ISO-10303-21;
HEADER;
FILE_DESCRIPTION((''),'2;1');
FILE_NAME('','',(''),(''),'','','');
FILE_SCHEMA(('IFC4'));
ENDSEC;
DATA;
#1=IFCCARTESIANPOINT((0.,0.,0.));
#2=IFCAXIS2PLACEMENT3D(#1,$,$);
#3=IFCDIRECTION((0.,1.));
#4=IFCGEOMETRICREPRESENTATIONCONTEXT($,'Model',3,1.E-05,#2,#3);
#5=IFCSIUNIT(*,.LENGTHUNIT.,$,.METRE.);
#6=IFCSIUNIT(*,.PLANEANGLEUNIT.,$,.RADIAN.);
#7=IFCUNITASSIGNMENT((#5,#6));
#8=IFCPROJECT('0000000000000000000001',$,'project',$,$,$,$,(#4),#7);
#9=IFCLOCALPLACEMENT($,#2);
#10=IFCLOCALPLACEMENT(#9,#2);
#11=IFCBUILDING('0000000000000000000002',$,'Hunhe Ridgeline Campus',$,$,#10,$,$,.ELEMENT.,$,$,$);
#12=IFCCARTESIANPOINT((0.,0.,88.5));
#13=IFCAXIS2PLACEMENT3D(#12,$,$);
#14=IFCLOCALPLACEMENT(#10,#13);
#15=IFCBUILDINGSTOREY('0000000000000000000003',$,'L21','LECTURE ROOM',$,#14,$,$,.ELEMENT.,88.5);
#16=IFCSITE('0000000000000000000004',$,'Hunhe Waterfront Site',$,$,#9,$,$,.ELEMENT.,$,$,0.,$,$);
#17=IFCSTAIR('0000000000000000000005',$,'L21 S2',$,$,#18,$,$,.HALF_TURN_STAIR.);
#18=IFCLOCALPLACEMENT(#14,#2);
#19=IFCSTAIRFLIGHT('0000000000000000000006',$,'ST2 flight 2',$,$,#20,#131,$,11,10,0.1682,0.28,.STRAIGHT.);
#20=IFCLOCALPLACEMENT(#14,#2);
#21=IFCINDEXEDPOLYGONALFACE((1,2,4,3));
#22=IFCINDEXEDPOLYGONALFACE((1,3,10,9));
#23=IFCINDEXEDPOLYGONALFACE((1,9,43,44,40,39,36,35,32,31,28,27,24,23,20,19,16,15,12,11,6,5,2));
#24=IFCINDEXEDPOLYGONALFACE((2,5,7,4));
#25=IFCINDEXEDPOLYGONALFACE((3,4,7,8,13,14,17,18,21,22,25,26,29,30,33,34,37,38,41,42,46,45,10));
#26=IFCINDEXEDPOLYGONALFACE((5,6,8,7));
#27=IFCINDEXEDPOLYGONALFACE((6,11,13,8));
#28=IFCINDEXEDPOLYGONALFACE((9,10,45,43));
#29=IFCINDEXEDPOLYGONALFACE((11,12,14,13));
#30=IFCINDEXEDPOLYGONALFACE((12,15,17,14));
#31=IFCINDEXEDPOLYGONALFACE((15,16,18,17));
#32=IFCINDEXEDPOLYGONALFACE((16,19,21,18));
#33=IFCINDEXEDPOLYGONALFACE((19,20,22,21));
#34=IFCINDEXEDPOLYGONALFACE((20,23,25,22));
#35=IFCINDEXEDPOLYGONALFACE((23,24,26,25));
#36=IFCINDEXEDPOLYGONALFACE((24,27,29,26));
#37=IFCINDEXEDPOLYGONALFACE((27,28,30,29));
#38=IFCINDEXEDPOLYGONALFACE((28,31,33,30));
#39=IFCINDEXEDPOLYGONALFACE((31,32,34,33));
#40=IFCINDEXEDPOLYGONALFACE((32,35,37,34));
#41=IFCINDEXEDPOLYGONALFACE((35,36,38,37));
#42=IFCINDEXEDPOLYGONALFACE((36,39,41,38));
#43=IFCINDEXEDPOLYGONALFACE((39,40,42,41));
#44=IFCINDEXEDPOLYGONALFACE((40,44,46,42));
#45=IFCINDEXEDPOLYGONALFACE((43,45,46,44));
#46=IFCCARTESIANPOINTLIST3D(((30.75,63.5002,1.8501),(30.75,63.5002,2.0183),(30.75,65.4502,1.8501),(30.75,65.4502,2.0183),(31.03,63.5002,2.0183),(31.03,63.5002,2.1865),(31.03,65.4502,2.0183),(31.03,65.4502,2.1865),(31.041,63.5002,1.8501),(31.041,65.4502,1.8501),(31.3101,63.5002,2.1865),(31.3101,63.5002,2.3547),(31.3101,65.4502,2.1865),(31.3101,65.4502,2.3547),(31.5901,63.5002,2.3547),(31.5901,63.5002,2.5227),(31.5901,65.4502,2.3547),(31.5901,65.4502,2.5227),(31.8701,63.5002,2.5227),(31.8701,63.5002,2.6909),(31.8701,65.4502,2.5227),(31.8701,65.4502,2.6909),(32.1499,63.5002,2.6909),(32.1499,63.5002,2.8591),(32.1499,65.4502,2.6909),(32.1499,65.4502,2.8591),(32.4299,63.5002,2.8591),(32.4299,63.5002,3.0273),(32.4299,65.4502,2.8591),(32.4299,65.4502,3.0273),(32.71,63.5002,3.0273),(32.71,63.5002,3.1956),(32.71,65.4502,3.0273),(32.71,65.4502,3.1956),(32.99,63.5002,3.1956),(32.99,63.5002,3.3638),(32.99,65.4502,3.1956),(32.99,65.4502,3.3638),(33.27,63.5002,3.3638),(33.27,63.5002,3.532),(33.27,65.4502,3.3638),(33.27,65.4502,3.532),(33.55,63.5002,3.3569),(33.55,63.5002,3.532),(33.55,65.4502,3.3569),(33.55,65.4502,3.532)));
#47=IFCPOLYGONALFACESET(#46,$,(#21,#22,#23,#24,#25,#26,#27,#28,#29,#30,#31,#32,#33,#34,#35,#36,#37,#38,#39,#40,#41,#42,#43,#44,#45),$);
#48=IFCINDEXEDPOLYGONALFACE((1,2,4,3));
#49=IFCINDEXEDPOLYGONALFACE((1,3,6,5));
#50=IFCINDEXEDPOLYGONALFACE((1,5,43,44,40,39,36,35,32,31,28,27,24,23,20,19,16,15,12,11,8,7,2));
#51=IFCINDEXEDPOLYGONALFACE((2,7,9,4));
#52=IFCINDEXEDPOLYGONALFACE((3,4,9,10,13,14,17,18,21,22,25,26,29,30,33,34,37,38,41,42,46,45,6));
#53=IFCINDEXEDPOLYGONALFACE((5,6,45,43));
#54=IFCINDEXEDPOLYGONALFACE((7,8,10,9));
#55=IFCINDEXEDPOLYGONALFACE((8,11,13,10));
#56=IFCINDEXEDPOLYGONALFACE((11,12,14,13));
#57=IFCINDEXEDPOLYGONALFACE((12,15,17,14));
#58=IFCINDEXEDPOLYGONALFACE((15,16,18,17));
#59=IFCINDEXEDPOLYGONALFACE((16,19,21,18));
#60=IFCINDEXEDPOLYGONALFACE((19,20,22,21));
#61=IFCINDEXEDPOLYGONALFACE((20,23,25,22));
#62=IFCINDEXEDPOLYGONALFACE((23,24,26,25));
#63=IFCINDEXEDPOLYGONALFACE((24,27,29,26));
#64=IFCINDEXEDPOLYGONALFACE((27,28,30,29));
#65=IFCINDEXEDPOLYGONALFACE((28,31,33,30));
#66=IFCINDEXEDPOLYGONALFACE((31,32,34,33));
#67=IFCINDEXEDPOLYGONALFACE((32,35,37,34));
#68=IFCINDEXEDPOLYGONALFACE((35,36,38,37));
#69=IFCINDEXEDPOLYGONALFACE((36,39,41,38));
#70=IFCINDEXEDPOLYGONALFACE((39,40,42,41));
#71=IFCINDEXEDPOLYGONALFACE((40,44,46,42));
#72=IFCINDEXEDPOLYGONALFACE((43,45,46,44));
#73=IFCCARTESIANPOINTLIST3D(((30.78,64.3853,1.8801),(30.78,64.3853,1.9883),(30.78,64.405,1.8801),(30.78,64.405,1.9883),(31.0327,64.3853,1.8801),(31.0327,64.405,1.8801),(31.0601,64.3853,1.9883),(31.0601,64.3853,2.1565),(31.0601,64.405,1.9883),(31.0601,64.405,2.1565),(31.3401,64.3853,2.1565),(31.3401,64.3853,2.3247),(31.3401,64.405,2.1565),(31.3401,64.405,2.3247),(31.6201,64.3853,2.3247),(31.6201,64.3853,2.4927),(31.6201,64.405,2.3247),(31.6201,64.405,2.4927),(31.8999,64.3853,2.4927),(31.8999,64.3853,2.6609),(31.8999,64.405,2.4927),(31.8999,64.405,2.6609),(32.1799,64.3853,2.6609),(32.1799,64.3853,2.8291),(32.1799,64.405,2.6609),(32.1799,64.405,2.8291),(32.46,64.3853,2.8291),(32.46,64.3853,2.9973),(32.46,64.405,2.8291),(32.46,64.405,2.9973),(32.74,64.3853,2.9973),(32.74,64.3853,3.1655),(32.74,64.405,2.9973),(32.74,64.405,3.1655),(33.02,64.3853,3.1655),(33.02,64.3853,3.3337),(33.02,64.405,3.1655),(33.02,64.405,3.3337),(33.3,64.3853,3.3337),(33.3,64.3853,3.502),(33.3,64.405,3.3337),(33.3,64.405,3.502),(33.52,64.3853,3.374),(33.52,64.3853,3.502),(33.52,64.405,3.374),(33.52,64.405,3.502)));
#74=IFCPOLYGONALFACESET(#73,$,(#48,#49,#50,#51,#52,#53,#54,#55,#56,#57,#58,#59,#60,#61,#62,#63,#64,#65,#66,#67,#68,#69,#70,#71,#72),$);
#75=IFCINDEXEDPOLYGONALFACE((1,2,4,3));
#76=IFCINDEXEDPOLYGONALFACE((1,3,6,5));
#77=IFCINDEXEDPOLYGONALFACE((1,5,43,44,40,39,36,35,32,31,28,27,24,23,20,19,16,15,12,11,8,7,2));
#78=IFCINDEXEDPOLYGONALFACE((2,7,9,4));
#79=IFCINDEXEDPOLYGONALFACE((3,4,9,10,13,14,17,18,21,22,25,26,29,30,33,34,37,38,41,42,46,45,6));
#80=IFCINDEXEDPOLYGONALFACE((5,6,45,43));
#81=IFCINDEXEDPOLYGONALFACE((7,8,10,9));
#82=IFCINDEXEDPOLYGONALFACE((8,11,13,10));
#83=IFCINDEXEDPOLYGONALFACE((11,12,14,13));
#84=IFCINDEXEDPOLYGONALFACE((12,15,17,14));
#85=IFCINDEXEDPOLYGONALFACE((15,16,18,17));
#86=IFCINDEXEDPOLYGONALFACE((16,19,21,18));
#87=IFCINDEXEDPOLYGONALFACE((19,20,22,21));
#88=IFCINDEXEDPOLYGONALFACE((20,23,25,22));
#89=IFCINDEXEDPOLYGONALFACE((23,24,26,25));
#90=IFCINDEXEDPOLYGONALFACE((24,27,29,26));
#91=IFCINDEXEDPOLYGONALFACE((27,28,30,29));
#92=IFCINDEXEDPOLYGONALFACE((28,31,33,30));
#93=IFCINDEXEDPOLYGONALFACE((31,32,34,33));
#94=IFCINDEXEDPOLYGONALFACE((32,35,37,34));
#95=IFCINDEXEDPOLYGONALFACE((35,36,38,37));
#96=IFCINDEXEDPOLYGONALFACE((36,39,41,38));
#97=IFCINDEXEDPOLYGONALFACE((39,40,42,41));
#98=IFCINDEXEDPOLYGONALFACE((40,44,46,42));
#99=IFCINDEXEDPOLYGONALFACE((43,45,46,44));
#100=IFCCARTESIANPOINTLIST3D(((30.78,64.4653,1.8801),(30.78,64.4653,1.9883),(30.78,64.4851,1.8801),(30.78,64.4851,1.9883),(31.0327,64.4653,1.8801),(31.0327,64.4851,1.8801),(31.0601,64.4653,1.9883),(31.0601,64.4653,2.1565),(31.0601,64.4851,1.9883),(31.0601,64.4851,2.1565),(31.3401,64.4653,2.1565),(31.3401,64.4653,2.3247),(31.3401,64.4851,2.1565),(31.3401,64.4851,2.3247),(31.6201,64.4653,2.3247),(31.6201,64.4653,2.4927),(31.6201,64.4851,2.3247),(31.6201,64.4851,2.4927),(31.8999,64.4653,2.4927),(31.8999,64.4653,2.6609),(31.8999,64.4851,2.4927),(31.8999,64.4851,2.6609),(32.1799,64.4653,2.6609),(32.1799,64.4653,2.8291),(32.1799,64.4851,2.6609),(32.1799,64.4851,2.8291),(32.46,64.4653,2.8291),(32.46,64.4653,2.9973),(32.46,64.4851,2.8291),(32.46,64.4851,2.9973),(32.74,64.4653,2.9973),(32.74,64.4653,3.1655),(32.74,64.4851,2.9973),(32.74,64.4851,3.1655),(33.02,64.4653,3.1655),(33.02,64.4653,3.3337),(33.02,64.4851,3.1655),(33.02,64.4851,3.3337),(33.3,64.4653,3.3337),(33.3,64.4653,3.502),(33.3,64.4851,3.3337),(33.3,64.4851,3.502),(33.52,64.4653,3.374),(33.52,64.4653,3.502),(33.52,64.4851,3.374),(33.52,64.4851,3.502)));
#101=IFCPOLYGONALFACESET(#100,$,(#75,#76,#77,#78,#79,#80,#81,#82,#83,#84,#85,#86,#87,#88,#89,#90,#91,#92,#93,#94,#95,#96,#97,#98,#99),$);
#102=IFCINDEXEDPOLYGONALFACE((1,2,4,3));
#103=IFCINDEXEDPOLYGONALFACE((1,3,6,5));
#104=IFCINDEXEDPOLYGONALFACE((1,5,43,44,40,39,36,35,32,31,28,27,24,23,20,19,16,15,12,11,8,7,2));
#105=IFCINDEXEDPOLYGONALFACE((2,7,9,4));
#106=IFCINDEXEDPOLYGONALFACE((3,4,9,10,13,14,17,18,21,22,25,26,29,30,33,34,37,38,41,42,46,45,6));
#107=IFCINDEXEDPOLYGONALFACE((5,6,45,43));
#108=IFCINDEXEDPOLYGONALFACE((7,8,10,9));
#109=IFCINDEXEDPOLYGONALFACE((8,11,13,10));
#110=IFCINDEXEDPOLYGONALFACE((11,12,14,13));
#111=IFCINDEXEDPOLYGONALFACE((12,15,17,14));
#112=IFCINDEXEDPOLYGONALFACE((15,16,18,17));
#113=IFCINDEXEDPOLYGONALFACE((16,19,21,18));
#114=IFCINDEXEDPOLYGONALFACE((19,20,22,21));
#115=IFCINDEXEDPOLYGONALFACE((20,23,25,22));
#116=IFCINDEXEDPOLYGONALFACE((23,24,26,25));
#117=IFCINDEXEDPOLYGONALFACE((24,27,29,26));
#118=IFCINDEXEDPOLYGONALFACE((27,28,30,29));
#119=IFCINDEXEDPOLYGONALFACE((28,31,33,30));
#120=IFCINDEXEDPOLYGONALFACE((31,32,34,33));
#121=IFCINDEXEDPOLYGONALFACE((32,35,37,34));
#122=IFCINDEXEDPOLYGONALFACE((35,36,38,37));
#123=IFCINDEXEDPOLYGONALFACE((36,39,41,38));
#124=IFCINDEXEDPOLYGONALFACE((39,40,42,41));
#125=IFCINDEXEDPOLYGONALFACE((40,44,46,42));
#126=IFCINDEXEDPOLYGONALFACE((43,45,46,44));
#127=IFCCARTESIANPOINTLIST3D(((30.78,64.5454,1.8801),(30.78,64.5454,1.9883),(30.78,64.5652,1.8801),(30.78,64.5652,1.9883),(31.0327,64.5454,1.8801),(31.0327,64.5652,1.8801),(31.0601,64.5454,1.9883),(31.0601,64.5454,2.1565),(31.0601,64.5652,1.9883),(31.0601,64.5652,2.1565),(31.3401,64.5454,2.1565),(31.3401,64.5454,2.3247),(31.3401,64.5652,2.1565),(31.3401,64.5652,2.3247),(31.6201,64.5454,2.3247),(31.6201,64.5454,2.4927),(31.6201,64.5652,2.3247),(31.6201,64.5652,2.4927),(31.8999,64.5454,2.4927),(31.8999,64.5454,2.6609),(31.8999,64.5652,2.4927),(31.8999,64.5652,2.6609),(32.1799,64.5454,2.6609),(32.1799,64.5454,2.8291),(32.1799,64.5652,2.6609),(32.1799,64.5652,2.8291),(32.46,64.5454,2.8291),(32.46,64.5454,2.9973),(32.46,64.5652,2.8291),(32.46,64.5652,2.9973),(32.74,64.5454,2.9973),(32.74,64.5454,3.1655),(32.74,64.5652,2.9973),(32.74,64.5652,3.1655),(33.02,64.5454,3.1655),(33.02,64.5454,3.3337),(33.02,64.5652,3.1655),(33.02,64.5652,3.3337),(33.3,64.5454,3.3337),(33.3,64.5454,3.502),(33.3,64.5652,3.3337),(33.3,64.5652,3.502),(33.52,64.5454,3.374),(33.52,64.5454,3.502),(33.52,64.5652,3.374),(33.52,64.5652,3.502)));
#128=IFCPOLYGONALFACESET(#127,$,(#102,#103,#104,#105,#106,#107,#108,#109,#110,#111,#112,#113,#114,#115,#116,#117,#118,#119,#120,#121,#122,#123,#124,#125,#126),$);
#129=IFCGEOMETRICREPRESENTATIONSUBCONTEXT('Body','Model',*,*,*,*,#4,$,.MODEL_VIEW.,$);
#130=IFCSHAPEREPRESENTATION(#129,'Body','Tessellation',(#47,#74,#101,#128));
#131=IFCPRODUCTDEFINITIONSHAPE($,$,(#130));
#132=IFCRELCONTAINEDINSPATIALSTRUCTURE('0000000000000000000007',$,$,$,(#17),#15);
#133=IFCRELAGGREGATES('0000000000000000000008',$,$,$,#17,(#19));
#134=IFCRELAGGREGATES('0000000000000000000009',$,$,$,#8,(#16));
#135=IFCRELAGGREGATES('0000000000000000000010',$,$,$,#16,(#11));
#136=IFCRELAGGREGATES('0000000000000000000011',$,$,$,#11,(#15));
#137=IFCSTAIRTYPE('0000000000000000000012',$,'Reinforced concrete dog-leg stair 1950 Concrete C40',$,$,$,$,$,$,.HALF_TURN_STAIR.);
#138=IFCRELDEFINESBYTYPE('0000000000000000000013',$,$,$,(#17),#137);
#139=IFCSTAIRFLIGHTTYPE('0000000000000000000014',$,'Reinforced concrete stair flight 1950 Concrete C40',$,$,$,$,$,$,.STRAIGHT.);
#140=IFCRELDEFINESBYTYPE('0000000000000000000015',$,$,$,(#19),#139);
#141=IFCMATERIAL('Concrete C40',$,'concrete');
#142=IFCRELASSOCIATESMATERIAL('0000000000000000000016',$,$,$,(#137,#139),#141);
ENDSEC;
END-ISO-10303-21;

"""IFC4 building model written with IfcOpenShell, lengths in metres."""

from ifc_helpers import new_model, si_unit, direction, frame, origin, place, context, subcontext, project, spatial, polyline, outline, extrude, material, type_object, element, aggregate, save


model = new_model("IFC4")

# Units and contexts
model_context = context("Model", 3, precision=1e-05, world=origin(), true_north=direction((0.0, 1.0)))
body_context = subcontext(model_context, "Body", "Model", "MODEL_VIEW")
ifc_project = project(units=[si_unit("LENGTHUNIT", "METRE"), si_unit("PLANEANGLEUNIT", "RADIAN")], contexts=[model_context])

# Site, building, storey
site_placement = place(None, origin())
site = spatial("IfcSite", under=ifc_project, at=site_placement, Name="Hunhe Waterfront Site", CompositionType="ELEMENT", RefElevation=0.0)
building_placement = place(site_placement, origin())
building = spatial("IfcBuilding", under=site, at=building_placement, Name="Hunhe Ridgeline Campus", CompositionType="ELEMENT")
storey_placement = place(building_placement, frame((0.0, 0.0, 88.5)))
storey = spatial("IfcBuildingStorey", under=building, at=storey_placement, Name="L21", Description="LECTURE ROOM", CompositionType="ELEMENT", Elevation=88.5)

# Stair, stair flight
ifc_material_1 = material(Name="Concrete C40", Category="concrete")
stair_type = type_object("IfcStairType", Name="Reinforced concrete dog-leg stair 1950 Concrete C40", PredefinedType="HALF_TURN_STAIR", material=ifc_material_1)
stair_placement = place(storey_placement, origin())
stair = element("IfcStair", 1, at=stair_placement, inside=storey, type_object=stair_type, Name="L21 S2", PredefinedType="HALF_TURN_STAIR")
stair_flight_type = type_object("IfcStairFlightType", Name="Reinforced concrete stair flight 1950 Concrete C40", PredefinedType="STRAIGHT", material=ifc_material_1)
stair_flight_1_placement = place(storey_placement, frame((30.75, 64.4751, 1.8501), z_axis=(0.0, 0.0, 1.0), x_axis=(1.0, 0.0, 0.0)))
stair_flight_1 = element("IfcStairFlight", 2, at=stair_flight_1_placement, type_object=stair_flight_type, Name="ST2 flight 2", NumberOfRisers=11, NumberOfTreads=10, PredefinedType="STRAIGHT", RiserHeight=0.1682, TreadLength=0.28, context=body_context, shape_type="SweptSolid", body=[
    extrude(outline(polyline([(0.0, 0.0), (0.0, 0.1682), (0.28, 0.1682), (0.28, 0.3364), (0.5601, 0.3364), (0.5601, 0.5046), (0.8401, 0.5046), (0.8401, 0.6726), (1.1201, 0.6726), (1.1201, 0.8408), (1.3999, 0.8408), (1.3999, 1.009), (1.6799, 1.009), (1.6799, 1.1772), (1.96, 1.1772), (1.96, 1.3455), (2.24, 1.3455), (2.24, 1.5137), (2.52, 1.5137), (2.52, 1.6819), (2.8, 1.6819), (2.8, 1.8501), (2.8, 1.5068), (0.291, 0.0), (0.0, 0.0)])), frame((0.0, 0.9751, 0.0), z_axis=(0.0, -1.0, 0.0), x_axis=(1.0, 0.0, 0.0)), (0.0, 0.0, 1.0), 1.95),
    extrude(outline(polyline([(0.03, 0.03), (0.03, 0.1382), (0.3101, 0.1382), (0.3101, 0.3064), (0.5901, 0.3064), (0.5901, 0.4746), (0.8701, 0.4746), (0.8701, 0.6426), (1.1499, 0.6426), (1.1499, 0.8108), (1.4299, 0.8108), (1.4299, 0.979), (1.71, 0.979), (1.71, 1.1472), (1.99, 1.1472), (1.99, 1.3154), (2.27, 1.3154), (2.27, 1.4836), (2.55, 1.4836), (2.55, 1.6519), (2.77, 1.6519), (2.77, 1.5239), (0.2827, 0.03), (0.03, 0.03)])), frame((0.0, -0.0701, 0.0), z_axis=(0.0, -1.0, 0.0), x_axis=(1.0, 0.0, 0.0)), (0.0, 0.0, 1.0), 0.0198),
    extrude(outline(polyline([(0.03, 0.03), (0.03, 0.1382), (0.3101, 0.1382), (0.3101, 0.3064), (0.5901, 0.3064), (0.5901, 0.4746), (0.8701, 0.4746), (0.8701, 0.6426), (1.1499, 0.6426), (1.1499, 0.8108), (1.4299, 0.8108), (1.4299, 0.979), (1.71, 0.979), (1.71, 1.1472), (1.99, 1.1472), (1.99, 1.3154), (2.27, 1.3154), (2.27, 1.4836), (2.55, 1.4836), (2.55, 1.6519), (2.77, 1.6519), (2.77, 1.5239), (0.2827, 0.03), (0.03, 0.03)])), frame((0.0, 0.01, 0.0), z_axis=(0.0, -1.0, 0.0), x_axis=(1.0, 0.0, 0.0)), (0.0, 0.0, 1.0), 0.0198),
    extrude(outline(polyline([(0.03, 0.03), (0.03, 0.1382), (0.3101, 0.1382), (0.3101, 0.3064), (0.5901, 0.3064), (0.5901, 0.4746), (0.8701, 0.4746), (0.8701, 0.6426), (1.1499, 0.6426), (1.1499, 0.8108), (1.4299, 0.8108), (1.4299, 0.979), (1.71, 0.979), (1.71, 1.1472), (1.99, 1.1472), (1.99, 1.3154), (2.27, 1.3154), (2.27, 1.4836), (2.55, 1.4836), (2.55, 1.6519), (2.77, 1.6519), (2.77, 1.5239), (0.2827, 0.03), (0.03, 0.03)])), frame((0.0, 0.0901, 0.0), z_axis=(0.0, -1.0, 0.0), x_axis=(1.0, 0.0, 0.0)), (0.0, 0.0, 1.0), 0.0198),
])
aggregate(stair, [stair_flight_1])

save(model, "model.ifc")
